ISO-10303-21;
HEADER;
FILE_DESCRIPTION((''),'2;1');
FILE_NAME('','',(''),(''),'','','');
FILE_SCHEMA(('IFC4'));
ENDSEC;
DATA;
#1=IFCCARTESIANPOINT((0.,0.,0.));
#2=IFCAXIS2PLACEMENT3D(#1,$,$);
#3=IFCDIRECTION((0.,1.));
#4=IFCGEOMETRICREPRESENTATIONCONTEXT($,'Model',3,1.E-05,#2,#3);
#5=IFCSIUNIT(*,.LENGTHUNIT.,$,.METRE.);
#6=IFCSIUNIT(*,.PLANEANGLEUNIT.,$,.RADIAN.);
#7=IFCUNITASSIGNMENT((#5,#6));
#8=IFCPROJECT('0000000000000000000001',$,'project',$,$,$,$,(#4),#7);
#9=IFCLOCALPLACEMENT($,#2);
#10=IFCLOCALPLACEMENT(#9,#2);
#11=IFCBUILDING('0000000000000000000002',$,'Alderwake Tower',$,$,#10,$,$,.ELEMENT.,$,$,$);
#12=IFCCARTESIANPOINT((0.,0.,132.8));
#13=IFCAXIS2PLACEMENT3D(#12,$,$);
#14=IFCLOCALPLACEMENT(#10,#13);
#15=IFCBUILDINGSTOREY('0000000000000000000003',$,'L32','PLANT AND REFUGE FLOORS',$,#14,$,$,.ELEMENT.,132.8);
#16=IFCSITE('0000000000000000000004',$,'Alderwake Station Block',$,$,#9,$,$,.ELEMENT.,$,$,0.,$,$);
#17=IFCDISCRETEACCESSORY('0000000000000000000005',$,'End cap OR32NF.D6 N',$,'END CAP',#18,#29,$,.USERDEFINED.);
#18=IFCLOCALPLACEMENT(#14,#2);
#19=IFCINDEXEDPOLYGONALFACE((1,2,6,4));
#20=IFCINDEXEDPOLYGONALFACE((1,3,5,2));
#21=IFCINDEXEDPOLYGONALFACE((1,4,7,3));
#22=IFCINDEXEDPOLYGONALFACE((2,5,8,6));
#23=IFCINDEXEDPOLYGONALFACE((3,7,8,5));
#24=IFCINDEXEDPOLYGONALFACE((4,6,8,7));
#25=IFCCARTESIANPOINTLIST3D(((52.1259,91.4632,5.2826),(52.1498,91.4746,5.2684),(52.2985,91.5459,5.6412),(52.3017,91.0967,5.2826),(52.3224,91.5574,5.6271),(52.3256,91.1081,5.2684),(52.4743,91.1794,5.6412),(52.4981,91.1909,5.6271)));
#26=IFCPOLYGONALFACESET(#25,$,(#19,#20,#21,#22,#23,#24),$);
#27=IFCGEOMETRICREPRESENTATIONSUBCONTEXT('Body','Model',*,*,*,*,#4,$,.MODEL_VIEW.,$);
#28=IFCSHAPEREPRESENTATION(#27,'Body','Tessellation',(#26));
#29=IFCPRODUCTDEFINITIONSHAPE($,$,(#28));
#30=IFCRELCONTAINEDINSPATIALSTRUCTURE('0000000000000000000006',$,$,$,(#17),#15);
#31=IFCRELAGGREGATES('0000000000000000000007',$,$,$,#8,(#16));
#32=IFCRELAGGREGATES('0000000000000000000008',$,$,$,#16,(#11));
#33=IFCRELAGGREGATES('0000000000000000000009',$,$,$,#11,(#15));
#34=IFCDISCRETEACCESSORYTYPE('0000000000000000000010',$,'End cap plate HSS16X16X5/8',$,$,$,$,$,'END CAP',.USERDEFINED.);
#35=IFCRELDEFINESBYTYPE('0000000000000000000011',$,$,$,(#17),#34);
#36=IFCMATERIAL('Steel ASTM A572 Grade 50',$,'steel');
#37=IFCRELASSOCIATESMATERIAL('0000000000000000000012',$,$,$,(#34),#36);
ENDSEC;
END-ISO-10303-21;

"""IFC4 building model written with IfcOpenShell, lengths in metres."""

from ifc_helpers import new_model, si_unit, direction, frame, origin, origin_2d, place, context, subcontext, project, spatial, rectangle, extrude, material, material_profile, profile_set, type_object, element, save


model = new_model("IFC4")

# Units and contexts
model_context = context("Model", 3, precision=1e-05, world=origin(), true_north=direction((0.0, 1.0)))
body_context = subcontext(model_context, "Body", "Model", "MODEL_VIEW")
ifc_project = project(units=[si_unit("LENGTHUNIT", "METRE"), si_unit("PLANEANGLEUNIT", "RADIAN")], contexts=[model_context])

# Site, building, storey
site_placement = place(None, origin())
site = spatial("IfcSite", under=ifc_project, at=site_placement, Name="Alderwake Station Block", CompositionType="ELEMENT", RefElevation=0.0)
building_placement = place(site_placement, origin())
building = spatial("IfcBuilding", under=site, at=building_placement, Name="Alderwake Tower", CompositionType="ELEMENT")
storey_placement = place(building_placement, frame((0.0, 0.0, 132.8)))
storey = spatial("IfcBuildingStorey", under=building, at=storey_placement, Name="L32", Description="PLANT AND REFUGE FLOORS", CompositionType="ELEMENT", Elevation=132.8)

# Discrete accessory
ifc_material_1 = material(Name="Steel ASTM A572 Grade 50", Category="steel")
ifc_material_profile_1 = material_profile(ifc_material_1, rectangle(XDim=0.4065, YDim=0.4065, at=origin_2d()), Name="HSS16X16X5/8 cap")
ifc_profile_set_1 = profile_set([ifc_material_profile_1], Name="Steel ASTM A572 Grade 50")
discrete_accessory_type_1 = type_object("IfcDiscreteAccessoryType", Name="End cap plate HSS16X16X5/8", ElementType="END CAP", PredefinedType="USERDEFINED", material=ifc_profile_set_1)
discrete_accessory_1_placement = place(storey_placement, frame((52.324, 91.3328, 5.4478), z_axis=(-0.795487, -0.381509, 0.470798), x_axis=(0.432432, -0.901667, 0.0)))
element("IfcDiscreteAccessory", 1, at=discrete_accessory_1_placement, inside=storey, type_object=discrete_accessory_type_1, Name="End cap OR32NF.D6 N", ObjectType="END CAP", PredefinedType="USERDEFINED", context=body_context, shape_type="SweptSolid", body=[
    extrude(rectangle(XDim=0.4065, YDim=0.4065, at=origin_2d()), origin(), (0.0, 0.0, 1.0), 0.03),
])

save(model, "model.ifc")
